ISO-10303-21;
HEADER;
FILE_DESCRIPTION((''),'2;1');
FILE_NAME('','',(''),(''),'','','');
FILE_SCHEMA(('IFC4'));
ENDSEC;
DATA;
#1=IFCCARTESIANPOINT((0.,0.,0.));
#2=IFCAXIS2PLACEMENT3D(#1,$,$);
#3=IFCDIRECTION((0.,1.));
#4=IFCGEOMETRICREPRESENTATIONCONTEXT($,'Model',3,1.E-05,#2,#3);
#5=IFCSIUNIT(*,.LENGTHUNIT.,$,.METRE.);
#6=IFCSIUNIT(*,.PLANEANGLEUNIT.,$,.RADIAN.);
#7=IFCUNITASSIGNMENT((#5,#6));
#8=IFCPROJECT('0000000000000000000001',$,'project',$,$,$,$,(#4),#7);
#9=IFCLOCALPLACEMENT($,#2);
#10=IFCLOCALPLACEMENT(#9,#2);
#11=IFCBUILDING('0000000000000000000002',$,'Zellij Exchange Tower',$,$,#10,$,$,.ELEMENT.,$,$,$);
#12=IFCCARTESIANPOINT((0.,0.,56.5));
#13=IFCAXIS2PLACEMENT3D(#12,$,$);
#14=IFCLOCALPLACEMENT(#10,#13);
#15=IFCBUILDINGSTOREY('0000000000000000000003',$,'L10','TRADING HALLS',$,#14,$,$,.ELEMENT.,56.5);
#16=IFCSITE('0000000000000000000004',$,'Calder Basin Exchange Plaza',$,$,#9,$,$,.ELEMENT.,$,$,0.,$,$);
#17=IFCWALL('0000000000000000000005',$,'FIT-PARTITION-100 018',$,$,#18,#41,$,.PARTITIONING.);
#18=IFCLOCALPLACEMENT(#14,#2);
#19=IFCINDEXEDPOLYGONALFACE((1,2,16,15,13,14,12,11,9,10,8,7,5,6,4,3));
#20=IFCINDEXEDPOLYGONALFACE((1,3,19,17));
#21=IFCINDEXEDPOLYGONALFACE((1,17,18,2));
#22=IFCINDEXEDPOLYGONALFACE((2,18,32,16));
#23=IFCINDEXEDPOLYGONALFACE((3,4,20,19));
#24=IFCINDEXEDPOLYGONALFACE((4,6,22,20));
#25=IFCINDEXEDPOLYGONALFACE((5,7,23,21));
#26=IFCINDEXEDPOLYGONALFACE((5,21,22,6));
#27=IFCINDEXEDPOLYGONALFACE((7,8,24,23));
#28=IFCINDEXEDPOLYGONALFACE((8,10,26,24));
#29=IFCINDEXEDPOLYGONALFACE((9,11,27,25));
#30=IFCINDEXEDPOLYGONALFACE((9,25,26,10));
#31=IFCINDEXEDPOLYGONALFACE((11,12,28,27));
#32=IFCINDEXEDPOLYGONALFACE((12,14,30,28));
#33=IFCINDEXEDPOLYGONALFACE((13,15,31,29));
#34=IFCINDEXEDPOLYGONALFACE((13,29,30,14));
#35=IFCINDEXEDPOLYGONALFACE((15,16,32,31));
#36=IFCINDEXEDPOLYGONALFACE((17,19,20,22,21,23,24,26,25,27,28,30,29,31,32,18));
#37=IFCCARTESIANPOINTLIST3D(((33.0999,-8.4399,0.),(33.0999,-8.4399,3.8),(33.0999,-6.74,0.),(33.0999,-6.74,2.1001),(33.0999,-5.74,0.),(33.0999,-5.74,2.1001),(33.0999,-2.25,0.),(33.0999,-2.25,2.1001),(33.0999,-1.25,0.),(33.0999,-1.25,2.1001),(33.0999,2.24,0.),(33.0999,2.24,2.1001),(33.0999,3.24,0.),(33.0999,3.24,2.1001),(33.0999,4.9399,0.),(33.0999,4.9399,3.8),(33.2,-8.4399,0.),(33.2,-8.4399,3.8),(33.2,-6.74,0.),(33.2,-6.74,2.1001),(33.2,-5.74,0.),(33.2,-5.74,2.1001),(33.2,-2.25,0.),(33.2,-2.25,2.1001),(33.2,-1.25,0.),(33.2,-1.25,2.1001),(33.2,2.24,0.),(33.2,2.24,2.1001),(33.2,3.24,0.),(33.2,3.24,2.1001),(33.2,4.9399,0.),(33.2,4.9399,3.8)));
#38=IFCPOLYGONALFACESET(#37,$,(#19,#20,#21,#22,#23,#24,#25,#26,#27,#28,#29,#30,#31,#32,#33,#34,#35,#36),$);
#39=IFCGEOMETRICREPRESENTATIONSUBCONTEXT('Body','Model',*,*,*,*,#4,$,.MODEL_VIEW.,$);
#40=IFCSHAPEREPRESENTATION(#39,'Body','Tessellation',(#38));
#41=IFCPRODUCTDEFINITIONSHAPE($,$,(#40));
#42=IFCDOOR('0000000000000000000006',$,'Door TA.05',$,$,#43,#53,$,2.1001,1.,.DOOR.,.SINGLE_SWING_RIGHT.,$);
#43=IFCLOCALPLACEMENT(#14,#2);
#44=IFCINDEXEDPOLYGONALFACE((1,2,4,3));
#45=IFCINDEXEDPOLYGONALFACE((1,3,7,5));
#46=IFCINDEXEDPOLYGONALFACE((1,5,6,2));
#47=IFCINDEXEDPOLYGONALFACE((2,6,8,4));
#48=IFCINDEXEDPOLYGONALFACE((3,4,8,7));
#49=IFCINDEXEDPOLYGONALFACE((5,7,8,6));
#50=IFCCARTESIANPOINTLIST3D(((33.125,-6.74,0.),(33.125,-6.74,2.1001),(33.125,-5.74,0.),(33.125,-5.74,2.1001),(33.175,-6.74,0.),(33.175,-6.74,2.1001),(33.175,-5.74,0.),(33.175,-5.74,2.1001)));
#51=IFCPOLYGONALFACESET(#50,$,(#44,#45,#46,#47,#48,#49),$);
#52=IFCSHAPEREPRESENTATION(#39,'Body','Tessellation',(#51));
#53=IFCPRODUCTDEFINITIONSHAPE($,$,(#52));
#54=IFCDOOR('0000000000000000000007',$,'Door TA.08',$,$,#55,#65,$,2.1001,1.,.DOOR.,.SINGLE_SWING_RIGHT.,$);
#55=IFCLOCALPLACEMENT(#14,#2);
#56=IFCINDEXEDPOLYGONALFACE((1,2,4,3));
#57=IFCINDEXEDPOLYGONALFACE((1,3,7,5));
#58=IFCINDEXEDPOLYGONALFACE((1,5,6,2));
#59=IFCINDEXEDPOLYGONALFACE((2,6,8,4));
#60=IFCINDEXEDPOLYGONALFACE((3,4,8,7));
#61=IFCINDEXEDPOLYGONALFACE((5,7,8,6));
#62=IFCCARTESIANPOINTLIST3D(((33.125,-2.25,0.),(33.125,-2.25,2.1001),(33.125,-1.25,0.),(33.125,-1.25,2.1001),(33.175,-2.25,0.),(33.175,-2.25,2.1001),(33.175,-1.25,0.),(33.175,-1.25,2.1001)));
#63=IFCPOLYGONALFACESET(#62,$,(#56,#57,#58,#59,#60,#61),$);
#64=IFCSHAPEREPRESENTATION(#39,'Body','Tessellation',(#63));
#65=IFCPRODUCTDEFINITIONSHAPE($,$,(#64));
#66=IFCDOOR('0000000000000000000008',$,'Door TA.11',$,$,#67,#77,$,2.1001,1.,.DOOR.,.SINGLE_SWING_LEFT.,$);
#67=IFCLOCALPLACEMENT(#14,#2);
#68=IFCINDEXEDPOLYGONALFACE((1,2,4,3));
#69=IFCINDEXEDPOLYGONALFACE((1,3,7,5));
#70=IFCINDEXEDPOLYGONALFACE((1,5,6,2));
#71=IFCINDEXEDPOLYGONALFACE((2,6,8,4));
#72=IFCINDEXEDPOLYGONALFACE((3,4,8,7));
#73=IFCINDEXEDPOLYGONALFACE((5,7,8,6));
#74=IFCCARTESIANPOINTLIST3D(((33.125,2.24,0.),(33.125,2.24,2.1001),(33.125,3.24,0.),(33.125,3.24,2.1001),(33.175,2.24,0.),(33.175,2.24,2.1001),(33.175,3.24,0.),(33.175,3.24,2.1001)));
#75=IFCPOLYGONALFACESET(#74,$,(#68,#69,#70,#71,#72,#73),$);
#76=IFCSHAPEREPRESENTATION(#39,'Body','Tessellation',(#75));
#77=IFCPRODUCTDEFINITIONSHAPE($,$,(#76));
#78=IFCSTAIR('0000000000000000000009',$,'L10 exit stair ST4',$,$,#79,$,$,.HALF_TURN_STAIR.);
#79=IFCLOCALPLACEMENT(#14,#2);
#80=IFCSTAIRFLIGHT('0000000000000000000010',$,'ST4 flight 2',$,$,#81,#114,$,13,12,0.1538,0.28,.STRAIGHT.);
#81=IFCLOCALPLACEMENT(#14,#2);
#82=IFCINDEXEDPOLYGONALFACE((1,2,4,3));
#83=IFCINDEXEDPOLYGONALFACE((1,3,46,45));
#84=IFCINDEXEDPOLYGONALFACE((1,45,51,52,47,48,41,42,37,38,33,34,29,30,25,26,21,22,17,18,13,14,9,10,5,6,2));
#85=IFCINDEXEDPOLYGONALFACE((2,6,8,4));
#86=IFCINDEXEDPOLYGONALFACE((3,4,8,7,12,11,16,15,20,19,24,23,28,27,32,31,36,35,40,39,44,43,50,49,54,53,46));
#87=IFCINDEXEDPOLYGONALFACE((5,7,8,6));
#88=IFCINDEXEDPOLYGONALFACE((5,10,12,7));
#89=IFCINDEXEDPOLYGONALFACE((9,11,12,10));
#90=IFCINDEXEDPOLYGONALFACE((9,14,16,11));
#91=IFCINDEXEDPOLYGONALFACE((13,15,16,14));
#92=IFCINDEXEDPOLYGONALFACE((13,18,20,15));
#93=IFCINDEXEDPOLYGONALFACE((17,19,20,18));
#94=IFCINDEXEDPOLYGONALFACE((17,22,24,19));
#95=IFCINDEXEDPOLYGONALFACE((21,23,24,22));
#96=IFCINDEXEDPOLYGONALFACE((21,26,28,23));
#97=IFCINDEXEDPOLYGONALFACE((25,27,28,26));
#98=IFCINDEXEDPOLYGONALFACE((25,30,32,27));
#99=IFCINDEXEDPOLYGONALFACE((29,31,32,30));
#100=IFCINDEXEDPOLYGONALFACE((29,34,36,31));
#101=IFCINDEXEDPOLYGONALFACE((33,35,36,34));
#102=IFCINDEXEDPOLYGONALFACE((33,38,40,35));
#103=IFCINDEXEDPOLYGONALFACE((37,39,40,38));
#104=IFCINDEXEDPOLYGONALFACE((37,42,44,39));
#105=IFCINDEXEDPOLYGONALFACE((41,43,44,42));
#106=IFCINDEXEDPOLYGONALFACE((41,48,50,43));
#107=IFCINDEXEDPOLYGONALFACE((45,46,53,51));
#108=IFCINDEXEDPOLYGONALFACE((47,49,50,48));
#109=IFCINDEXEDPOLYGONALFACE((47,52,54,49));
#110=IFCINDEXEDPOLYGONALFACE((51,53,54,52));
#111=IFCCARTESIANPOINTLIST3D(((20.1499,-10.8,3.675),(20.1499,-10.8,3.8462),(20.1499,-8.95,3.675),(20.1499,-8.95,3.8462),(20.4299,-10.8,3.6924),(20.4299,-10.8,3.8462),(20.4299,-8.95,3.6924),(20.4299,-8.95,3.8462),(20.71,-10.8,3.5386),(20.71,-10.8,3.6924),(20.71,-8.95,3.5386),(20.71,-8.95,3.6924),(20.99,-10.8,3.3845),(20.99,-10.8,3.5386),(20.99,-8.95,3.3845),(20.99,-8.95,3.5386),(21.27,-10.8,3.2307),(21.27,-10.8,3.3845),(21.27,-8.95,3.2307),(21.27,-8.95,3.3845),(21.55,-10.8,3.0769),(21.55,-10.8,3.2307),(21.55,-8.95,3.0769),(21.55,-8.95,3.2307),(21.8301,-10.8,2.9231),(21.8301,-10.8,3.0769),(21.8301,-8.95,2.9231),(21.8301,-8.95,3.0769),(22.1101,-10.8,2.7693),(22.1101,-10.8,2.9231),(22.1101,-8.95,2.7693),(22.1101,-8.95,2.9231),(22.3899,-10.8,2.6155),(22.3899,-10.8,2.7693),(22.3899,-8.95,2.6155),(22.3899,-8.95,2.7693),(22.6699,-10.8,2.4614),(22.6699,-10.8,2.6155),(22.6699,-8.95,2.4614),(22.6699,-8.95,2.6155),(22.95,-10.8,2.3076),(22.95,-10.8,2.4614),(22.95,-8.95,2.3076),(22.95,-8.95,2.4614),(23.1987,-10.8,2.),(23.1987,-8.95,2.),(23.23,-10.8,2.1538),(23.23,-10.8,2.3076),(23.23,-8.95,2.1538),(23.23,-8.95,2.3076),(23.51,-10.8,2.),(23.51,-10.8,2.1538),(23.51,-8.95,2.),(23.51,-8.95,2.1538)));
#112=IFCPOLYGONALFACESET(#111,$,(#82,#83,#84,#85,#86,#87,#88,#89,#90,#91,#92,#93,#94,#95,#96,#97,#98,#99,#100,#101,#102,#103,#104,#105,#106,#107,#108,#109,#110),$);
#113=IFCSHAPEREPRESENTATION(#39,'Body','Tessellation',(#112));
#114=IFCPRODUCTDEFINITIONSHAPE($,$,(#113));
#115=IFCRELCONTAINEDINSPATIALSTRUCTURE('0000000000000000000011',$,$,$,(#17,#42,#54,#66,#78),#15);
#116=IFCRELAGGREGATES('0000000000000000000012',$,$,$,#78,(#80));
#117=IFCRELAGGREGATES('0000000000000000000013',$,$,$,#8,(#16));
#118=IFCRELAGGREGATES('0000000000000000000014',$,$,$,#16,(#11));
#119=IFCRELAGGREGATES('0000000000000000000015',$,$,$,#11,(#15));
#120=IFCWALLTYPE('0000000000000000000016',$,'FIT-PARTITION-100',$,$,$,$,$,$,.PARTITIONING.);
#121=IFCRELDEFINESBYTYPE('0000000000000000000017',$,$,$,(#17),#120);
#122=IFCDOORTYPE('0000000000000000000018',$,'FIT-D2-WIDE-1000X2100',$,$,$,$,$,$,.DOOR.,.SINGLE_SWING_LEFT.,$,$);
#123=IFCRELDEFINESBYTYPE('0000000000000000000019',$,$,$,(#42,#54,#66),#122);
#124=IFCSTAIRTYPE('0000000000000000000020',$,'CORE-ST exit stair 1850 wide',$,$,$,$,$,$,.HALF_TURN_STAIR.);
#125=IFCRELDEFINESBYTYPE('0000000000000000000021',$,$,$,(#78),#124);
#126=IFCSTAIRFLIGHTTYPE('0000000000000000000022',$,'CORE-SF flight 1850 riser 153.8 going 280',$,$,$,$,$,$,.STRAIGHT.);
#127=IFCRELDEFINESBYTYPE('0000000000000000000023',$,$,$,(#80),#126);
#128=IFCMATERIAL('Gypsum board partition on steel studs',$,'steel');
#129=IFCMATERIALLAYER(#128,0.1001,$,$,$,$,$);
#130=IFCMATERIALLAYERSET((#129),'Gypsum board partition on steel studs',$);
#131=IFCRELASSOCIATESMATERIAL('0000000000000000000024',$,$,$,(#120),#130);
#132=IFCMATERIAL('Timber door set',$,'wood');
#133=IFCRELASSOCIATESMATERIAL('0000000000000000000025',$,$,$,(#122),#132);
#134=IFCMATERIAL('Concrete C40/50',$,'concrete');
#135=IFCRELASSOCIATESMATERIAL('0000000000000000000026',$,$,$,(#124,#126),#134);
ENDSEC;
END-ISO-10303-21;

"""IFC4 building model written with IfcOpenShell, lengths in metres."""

from ifc_helpers import new_model, si_unit, direction, frame, frame_2d, origin, place, context, subcontext, project, spatial, polyline, rectangle, outline, extrude, material, layer, layer_set, type_object, element, fill, aggregate, save


model = new_model("IFC4")

# Units and contexts
model_context = context("Model", 3, precision=1e-05, world=origin(), true_north=direction((0.0, 1.0)))
body_context = subcontext(model_context, "Body", "Model", "MODEL_VIEW")
ifc_project = project(units=[si_unit("LENGTHUNIT", "METRE"), si_unit("PLANEANGLEUNIT", "RADIAN")], contexts=[model_context])

# Site, building, storey
site_placement = place(None, origin())
site = spatial("IfcSite", under=ifc_project, at=site_placement, Name="Calder Basin Exchange Plaza", CompositionType="ELEMENT", RefElevation=0.0)
building_placement = place(site_placement, origin())
building = spatial("IfcBuilding", under=site, at=building_placement, Name="Zellij Exchange Tower", CompositionType="ELEMENT")
storey_placement = place(building_placement, frame((0.0, 0.0, 56.5)))
storey = spatial("IfcBuildingStorey", under=building, at=storey_placement, Name="L10", Description="TRADING HALLS", CompositionType="ELEMENT", Elevation=56.5)

# Shared definitions
ifc_material_1 = material(Name="Gypsum board partition on steel studs", Category="steel")
ifc_layer_1 = layer(ifc_material_1, 0.1001)
ifc_layer_set_1 = layer_set([ifc_layer_1], Name="Gypsum board partition on steel studs")
wall_type_1 = type_object("IfcWallType", Name="FIT-PARTITION-100", PredefinedType="PARTITIONING", material=ifc_layer_set_1)

# Shared definitions
ifc_material_2 = material(Name="Timber door set", Category="wood")
door_type_1 = type_object("IfcDoorType", Name="FIT-D2-WIDE-1000X2100", OperationType="SINGLE_SWING_LEFT", PredefinedType="DOOR", material=ifc_material_2)

# Wall, openings, doors
wall_1_placement = place(storey_placement, frame((33.1499, -8.4399, 0.0), z_axis=(0.0, 0.0, 1.0), x_axis=(0.0, 1.0, 0.0)))
wall_1 = element("IfcWall", 1, at=wall_1_placement, inside=storey, type_object=wall_type_1, Name="FIT-PARTITION-100 018", PredefinedType="PARTITIONING", context=body_context, shape_type="SweptSolid", body=[
    extrude(rectangle(XDim=13.3799, YDim=0.1001, at=frame_2d((6.6899, 0.0))), origin(), (0.0, 0.0, 1.0), 3.8),
])
opening_1_placement = place(wall_1_placement, frame((1.7, 0.0, 0.0)))
opening_1 = element("IfcOpeningElement", 2, at=opening_1_placement, cuts=wall_1, PredefinedType="OPENING", context=body_context, shape_type="SweptSolid", body=[
    extrude(rectangle(XDim=1.0, YDim=2.1001, at=frame_2d((0.5, 1.05))), frame((0.0, 0.062, 0.0), z_axis=(0.0, -1.0, 0.0), x_axis=(1.0, 0.0, 0.0)), (0.0, 0.0, 1.0), 0.124),
])
opening_2_placement = place(wall_1_placement, frame((6.1899, 0.0, 0.0)))
opening_2 = element("IfcOpeningElement", 3, at=opening_2_placement, cuts=wall_1, PredefinedType="OPENING", context=body_context, shape_type="SweptSolid", body=[
    extrude(rectangle(XDim=1.0, YDim=2.1001, at=frame_2d((0.5, 1.05))), frame((0.0, 0.062, 0.0), z_axis=(0.0, -1.0, 0.0), x_axis=(1.0, 0.0, 0.0)), (0.0, 0.0, 1.0), 0.124),
])
opening_3_placement = place(wall_1_placement, frame((10.6799, 0.0, 0.0)))
opening_3 = element("IfcOpeningElement", 4, at=opening_3_placement, cuts=wall_1, PredefinedType="OPENING", context=body_context, shape_type="SweptSolid", body=[
    extrude(rectangle(XDim=1.0, YDim=2.1001, at=frame_2d((0.5, 1.05))), frame((0.0, 0.062, 0.0), z_axis=(0.0, -1.0, 0.0), x_axis=(1.0, 0.0, 0.0)), (0.0, 0.0, 1.0), 0.124),
])
door_1_placement = place(opening_1_placement, origin())
door_1 = element("IfcDoor", 5, at=door_1_placement, inside=storey, type_object=door_type_1, Name="Door TA.05", OperationType="SINGLE_SWING_RIGHT", OverallHeight=2.1001, OverallWidth=1.0, PredefinedType="DOOR", context=body_context, shape_type="SweptSolid", body=[
    extrude(rectangle(XDim=1.0, YDim=2.1001, at=frame_2d((0.5, 1.05))), frame((0.0, 0.0249, 0.0), z_axis=(0.0, -1.0, 0.0), x_axis=(1.0, 0.0, 0.0)), (0.0, 0.0, 1.0), 0.05),
])
fill(opening_1, door_1)
door_2_placement = place(opening_2_placement, origin())
door_2 = element("IfcDoor", 6, at=door_2_placement, inside=storey, type_object=door_type_1, Name="Door TA.08", OperationType="SINGLE_SWING_RIGHT", OverallHeight=2.1001, OverallWidth=1.0, PredefinedType="DOOR", context=body_context, shape_type="SweptSolid", body=[
    extrude(rectangle(XDim=1.0, YDim=2.1001, at=frame_2d((0.5, 1.05))), frame((0.0, 0.0249, 0.0), z_axis=(0.0, -1.0, 0.0), x_axis=(1.0, 0.0, 0.0)), (0.0, 0.0, 1.0), 0.05),
])
fill(opening_2, door_2)
door_3_placement = place(opening_3_placement, origin())
door_3 = element("IfcDoor", 7, at=door_3_placement, inside=storey, type_object=door_type_1, Name="Door TA.11", OperationType="SINGLE_SWING_LEFT", OverallHeight=2.1001, OverallWidth=1.0, PredefinedType="DOOR", context=body_context, shape_type="SweptSolid", body=[
    extrude(rectangle(XDim=1.0, YDim=2.1001, at=frame_2d((0.5, 1.05))), frame((0.0, 0.0249, 0.0), z_axis=(0.0, -1.0, 0.0), x_axis=(1.0, 0.0, 0.0)), (0.0, 0.0, 1.0), 0.05),
])
fill(opening_3, door_3)

# Stair, stair flight
ifc_material_3 = material(Name="Concrete C40/50", Category="concrete")
stair_type = type_object("IfcStairType", Name="CORE-ST exit stair 1850 wide", PredefinedType="HALF_TURN_STAIR", material=ifc_material_3)
stair_placement = place(storey_placement, origin())
stair = element("IfcStair", 8, at=stair_placement, inside=storey, type_object=stair_type, Name="L10 exit stair ST4", PredefinedType="HALF_TURN_STAIR")
stair_flight_type = type_object("IfcStairFlightType", Name="CORE-SF flight 1850 riser 153.8 going 280", PredefinedType="STRAIGHT", material=ifc_material_3)
stair_flight_placement = place(storey_placement, frame((23.51, -9.875, 2.0), z_axis=(0.0, 0.0, 1.0), x_axis=(-1.0, 0.0, 0.0)))
stair_flight = element("IfcStairFlight", 9, at=stair_flight_placement, type_object=stair_flight_type, Name="ST4 flight 2", NumberOfRisers=13, NumberOfTreads=12, PredefinedType="STRAIGHT", RiserHeight=0.1538, TreadLength=0.28, context=body_context, shape_type="SweptSolid", body=[
    extrude(outline(polyline([(0.0, 0.0), (0.0, 0.1538), (0.28, 0.1538), (0.28, 0.3076), (0.5601, 0.3076), (0.5601, 0.4614), (0.8401, 0.4614), (0.8401, 0.6155), (1.1201, 0.6155), (1.1201, 0.7693), (1.3999, 0.7693), (1.3999, 0.9231), (1.6799, 0.9231), (1.6799, 1.0769), (1.96, 1.0769), (1.96, 1.2307), (2.24, 1.2307), (2.24, 1.3845), (2.52, 1.3845), (2.52, 1.5386), (2.8, 1.5386), (2.8, 1.6924), (3.0801, 1.6924), (3.0801, 1.8462), (3.3601, 1.8462), (3.3601, 2.0), (3.3601, 1.675), (0.3113, 0.0), (0.0, 0.0)])), frame((0.0, 0.925, 0.0), z_axis=(0.0, -1.0, 0.0), x_axis=(1.0, 0.0, 0.0)), (0.0, 0.0, 1.0), 1.8501),
])
aggregate(stair, [stair_flight])

save(model, "model.ifc")
